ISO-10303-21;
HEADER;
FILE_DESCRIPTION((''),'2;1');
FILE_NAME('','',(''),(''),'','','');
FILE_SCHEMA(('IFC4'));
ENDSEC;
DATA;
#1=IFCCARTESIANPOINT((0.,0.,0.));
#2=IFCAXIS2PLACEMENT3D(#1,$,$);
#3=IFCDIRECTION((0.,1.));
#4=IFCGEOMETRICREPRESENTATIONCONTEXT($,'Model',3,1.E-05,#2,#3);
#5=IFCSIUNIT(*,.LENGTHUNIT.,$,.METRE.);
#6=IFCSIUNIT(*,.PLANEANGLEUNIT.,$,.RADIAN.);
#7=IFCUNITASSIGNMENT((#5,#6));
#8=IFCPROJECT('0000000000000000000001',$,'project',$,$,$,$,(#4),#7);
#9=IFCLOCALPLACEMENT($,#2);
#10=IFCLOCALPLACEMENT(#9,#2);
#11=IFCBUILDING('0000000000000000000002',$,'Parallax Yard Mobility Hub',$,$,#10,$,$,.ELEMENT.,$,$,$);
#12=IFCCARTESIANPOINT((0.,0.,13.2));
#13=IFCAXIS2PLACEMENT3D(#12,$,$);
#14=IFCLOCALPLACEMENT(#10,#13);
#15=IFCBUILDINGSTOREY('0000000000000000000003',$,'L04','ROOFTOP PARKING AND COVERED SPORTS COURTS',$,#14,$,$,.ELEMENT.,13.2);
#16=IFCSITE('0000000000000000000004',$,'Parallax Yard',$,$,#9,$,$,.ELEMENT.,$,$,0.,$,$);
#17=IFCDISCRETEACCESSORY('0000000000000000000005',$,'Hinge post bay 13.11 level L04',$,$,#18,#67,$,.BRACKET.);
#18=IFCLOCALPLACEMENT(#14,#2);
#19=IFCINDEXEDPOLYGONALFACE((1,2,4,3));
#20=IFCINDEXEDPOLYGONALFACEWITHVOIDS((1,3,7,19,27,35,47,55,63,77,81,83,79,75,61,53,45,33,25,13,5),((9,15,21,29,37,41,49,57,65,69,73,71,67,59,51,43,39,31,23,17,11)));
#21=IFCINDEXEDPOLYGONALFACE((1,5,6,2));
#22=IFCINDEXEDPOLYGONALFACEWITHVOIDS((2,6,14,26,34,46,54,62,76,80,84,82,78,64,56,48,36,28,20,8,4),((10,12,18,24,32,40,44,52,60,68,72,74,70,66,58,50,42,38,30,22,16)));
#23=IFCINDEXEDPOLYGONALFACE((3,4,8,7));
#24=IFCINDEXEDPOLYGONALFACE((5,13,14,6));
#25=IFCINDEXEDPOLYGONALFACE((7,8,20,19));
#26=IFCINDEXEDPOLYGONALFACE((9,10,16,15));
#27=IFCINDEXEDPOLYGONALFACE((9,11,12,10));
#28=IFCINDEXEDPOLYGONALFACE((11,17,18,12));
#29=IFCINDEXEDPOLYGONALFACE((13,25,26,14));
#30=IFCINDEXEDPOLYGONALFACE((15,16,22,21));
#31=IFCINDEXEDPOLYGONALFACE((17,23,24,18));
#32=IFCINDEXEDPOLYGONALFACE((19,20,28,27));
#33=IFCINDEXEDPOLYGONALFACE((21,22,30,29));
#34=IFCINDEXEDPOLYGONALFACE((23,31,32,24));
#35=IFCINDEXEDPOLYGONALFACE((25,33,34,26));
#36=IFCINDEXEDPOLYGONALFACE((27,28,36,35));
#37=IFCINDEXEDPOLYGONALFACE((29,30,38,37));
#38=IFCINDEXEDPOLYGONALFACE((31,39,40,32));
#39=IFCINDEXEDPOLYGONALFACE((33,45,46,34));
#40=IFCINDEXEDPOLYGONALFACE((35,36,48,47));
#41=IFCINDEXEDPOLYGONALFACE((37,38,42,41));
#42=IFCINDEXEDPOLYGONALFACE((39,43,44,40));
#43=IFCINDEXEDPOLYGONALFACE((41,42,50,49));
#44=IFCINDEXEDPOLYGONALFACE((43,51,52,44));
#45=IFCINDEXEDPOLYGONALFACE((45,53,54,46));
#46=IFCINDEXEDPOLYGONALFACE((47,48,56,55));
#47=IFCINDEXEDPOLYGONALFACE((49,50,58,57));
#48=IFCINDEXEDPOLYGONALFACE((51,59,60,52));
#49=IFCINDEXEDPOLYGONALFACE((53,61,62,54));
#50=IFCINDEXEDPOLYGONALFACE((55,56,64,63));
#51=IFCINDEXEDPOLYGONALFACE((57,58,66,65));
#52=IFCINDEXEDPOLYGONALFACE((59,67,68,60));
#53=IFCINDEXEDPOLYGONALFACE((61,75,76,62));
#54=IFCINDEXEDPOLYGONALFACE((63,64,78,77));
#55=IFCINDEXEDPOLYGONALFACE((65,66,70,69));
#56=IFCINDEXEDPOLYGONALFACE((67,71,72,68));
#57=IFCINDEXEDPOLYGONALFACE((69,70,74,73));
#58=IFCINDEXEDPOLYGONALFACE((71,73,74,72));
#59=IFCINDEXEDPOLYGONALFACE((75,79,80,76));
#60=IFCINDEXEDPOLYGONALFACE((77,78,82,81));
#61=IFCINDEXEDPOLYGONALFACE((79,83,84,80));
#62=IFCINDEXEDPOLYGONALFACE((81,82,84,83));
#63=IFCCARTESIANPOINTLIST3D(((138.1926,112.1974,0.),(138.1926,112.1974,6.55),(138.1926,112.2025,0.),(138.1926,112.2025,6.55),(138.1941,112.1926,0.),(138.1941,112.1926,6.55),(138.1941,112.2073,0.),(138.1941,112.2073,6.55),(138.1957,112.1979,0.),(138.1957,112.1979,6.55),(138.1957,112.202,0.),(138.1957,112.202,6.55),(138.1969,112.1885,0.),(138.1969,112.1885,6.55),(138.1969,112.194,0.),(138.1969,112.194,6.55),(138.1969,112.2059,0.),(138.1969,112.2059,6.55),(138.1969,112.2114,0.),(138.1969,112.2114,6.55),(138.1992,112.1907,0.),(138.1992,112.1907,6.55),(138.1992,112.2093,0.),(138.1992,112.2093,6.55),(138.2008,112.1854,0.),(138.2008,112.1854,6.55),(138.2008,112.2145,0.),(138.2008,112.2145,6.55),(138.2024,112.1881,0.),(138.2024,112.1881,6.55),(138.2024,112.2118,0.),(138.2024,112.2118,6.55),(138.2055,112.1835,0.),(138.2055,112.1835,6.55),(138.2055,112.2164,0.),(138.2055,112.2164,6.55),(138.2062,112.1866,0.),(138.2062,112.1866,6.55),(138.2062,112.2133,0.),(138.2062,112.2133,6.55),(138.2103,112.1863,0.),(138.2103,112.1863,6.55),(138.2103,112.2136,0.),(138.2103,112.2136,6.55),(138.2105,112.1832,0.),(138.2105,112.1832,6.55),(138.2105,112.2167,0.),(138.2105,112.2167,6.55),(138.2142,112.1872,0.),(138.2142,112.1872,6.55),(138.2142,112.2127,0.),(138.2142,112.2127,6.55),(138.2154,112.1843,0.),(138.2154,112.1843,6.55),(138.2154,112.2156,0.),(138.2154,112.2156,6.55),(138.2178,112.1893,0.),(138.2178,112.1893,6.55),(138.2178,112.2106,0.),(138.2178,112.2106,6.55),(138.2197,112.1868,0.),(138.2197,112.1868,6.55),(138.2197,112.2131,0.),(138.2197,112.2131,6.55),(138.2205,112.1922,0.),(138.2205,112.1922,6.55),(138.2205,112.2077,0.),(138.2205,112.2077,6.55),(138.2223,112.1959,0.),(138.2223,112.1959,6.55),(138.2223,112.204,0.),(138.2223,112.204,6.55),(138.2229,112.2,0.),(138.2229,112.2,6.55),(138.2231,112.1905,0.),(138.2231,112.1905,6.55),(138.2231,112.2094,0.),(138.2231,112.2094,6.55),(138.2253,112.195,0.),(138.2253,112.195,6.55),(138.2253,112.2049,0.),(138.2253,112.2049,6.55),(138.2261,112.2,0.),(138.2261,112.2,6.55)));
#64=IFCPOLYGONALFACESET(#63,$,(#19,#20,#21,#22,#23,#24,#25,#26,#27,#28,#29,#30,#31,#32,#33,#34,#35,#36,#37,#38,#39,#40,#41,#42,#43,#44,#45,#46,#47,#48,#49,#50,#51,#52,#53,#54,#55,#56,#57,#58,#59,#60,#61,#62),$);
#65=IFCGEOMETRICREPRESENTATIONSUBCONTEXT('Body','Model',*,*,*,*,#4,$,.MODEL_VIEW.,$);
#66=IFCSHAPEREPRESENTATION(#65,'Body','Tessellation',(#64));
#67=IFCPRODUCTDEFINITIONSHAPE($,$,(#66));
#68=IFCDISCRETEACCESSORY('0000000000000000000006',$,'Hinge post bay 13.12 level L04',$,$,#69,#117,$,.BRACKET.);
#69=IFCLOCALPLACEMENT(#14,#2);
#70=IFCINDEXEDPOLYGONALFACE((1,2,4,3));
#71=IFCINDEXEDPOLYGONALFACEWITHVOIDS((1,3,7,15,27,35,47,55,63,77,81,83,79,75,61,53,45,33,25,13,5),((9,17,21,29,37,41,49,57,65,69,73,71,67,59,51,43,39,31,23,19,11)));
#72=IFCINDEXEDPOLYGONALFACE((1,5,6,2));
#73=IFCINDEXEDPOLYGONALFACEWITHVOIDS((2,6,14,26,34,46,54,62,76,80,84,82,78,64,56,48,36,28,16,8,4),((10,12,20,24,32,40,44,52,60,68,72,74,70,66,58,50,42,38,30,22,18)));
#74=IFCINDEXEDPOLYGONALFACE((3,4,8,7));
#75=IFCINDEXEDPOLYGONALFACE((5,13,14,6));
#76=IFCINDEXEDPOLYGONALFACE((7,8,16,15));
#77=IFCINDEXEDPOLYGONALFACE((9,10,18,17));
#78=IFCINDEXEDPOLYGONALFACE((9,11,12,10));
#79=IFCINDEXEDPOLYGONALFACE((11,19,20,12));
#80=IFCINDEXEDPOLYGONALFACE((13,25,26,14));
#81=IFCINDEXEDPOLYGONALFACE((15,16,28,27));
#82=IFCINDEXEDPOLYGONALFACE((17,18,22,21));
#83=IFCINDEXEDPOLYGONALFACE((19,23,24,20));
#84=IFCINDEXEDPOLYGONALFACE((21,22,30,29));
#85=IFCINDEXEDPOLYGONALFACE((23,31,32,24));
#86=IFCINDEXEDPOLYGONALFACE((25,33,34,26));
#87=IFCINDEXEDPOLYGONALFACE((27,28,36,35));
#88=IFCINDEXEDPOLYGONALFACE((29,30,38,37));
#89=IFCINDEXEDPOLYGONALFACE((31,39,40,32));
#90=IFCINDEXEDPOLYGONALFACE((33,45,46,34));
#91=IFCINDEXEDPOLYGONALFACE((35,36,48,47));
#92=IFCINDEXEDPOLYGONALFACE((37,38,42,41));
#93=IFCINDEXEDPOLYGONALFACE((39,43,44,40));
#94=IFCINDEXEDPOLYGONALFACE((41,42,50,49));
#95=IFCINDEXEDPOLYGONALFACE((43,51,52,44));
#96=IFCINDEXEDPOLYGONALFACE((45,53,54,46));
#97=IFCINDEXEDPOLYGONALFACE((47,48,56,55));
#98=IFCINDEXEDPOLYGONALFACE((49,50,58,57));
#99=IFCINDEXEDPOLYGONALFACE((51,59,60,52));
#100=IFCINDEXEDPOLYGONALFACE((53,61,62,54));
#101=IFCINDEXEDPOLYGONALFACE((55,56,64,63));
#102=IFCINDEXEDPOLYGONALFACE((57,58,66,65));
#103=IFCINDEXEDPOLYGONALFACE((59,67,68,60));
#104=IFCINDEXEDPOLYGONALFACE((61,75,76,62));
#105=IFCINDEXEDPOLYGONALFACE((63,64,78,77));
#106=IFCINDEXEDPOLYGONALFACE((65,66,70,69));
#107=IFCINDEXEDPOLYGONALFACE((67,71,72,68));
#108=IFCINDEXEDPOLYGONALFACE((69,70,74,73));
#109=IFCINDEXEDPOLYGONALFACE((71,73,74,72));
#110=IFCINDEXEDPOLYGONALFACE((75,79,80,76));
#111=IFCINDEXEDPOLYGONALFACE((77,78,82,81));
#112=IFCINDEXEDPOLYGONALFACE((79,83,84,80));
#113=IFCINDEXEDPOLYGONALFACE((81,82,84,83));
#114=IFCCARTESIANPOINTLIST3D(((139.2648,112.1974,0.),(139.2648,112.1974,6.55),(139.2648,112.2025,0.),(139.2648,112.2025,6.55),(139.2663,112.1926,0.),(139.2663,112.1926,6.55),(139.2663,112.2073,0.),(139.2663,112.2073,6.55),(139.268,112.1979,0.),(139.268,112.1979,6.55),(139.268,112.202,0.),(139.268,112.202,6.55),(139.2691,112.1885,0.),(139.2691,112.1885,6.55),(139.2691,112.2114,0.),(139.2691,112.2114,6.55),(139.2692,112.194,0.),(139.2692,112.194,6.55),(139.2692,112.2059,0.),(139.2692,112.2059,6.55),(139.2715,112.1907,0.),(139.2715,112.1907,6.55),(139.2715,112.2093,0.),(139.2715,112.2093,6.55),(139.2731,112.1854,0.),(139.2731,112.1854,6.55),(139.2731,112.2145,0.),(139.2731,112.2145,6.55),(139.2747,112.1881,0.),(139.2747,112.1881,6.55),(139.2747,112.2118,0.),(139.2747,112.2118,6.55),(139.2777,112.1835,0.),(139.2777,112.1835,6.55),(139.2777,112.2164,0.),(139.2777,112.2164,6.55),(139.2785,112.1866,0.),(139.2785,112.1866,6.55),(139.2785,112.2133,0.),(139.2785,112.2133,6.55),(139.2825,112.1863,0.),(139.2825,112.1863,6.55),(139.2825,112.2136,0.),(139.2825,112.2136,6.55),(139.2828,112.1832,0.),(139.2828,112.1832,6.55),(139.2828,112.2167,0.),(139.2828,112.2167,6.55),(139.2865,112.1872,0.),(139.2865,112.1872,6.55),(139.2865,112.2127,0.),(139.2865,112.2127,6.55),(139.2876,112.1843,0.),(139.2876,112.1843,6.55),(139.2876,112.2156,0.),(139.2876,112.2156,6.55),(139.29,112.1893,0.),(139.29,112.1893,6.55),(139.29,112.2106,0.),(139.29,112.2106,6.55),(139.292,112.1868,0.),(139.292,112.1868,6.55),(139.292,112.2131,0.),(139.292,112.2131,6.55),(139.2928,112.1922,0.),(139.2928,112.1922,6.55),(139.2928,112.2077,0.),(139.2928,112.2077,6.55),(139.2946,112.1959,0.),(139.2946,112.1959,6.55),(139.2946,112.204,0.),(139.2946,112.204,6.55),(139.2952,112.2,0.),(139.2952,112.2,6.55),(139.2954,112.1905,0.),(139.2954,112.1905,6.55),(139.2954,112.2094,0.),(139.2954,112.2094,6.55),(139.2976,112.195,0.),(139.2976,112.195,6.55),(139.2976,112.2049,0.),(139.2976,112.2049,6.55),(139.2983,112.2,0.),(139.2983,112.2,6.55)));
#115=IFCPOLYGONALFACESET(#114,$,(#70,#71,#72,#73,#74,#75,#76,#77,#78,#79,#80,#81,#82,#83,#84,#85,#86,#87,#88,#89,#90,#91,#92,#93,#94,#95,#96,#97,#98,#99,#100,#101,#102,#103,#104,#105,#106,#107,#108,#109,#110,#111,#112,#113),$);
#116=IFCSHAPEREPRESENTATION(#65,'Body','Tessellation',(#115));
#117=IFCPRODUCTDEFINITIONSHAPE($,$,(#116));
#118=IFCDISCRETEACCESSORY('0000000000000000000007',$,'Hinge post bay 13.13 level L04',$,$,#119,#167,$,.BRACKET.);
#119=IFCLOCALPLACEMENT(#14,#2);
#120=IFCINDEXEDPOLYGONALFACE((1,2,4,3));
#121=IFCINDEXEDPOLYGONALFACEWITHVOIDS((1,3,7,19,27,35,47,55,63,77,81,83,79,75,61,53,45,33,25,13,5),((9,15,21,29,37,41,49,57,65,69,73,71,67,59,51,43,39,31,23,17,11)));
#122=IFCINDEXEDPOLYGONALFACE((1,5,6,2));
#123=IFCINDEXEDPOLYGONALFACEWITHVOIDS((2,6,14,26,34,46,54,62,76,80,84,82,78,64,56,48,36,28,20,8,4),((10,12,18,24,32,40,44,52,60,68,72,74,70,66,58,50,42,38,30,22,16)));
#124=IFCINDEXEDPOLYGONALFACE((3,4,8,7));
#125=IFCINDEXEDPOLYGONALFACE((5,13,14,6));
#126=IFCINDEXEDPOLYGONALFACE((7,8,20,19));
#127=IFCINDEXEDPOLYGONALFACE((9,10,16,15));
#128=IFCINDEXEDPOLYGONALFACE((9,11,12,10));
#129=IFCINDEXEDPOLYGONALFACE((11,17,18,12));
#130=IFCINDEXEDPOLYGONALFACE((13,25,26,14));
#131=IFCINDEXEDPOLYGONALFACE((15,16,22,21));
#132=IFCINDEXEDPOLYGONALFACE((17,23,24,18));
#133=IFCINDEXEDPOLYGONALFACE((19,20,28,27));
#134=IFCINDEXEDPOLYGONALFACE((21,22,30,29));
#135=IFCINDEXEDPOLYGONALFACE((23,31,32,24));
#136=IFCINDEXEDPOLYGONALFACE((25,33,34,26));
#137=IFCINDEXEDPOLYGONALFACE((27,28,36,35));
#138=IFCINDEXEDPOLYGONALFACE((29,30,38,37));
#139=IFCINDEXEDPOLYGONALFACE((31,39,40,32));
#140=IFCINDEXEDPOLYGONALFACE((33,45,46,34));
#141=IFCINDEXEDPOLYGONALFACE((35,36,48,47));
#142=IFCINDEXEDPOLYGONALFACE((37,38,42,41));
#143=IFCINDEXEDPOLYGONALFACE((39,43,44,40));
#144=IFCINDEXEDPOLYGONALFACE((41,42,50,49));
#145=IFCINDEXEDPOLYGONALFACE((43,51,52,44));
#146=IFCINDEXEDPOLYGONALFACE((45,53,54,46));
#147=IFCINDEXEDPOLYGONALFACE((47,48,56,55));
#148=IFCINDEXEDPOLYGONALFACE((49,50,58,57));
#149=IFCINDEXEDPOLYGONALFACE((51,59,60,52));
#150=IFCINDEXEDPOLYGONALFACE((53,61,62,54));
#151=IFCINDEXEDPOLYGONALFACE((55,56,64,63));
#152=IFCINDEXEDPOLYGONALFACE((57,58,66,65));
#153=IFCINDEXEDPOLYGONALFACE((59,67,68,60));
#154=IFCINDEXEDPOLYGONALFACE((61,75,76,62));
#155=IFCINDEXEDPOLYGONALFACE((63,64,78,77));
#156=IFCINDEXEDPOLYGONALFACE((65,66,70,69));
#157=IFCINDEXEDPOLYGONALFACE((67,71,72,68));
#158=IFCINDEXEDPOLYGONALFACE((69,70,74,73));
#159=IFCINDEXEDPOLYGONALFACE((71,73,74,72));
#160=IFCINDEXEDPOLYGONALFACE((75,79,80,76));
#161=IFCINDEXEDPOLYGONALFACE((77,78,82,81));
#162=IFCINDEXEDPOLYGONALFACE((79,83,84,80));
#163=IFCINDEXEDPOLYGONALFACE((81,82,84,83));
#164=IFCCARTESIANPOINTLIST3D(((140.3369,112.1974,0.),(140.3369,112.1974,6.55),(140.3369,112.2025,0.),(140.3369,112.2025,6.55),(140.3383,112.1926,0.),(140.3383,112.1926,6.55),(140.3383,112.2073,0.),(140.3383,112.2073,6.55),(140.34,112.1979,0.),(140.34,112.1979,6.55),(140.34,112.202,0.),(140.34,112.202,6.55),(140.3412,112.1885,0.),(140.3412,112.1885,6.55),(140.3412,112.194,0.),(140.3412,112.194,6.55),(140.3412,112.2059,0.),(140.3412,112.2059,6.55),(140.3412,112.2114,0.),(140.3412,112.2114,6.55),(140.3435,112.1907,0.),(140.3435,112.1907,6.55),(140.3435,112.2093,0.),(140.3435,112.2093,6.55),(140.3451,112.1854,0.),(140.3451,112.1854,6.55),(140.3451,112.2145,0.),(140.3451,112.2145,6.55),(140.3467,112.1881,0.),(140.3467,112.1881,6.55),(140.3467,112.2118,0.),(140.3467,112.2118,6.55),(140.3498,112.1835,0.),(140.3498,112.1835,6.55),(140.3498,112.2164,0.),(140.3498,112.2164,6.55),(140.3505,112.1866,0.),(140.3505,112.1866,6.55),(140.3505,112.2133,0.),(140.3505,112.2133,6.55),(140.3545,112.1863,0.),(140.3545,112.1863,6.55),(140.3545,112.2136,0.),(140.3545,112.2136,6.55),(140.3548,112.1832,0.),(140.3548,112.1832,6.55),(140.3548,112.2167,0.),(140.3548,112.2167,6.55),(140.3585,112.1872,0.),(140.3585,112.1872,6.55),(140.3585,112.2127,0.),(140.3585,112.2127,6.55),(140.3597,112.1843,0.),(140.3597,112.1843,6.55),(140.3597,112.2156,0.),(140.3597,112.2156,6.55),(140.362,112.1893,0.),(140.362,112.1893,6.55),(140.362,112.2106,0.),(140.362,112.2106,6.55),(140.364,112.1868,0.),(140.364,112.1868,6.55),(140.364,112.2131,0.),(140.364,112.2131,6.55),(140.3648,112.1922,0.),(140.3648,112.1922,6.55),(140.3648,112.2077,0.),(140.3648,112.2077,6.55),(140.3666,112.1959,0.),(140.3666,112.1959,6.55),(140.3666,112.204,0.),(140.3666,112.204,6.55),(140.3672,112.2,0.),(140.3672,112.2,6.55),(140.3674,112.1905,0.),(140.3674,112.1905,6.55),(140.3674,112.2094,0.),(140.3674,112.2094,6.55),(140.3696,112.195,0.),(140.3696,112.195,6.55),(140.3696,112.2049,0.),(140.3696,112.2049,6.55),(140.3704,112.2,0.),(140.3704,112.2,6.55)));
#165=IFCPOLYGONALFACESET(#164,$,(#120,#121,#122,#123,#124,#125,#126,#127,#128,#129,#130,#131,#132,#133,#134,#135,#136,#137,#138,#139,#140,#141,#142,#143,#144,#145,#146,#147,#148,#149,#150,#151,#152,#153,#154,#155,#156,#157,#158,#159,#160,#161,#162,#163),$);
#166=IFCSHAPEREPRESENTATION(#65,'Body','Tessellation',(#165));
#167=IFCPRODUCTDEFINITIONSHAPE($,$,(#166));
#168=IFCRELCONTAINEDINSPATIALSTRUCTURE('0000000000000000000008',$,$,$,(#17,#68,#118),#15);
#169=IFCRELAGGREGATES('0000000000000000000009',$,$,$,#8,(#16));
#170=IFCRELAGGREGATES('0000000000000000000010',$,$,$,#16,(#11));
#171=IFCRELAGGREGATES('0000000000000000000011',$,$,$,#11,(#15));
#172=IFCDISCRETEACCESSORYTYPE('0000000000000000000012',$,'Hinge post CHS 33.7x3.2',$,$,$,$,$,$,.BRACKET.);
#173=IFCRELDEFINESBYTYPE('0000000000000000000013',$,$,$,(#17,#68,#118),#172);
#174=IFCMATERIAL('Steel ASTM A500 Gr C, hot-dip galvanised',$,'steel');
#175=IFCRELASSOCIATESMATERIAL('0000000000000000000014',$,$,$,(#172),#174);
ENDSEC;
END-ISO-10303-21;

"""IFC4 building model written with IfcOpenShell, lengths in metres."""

from ifc_helpers import new_model, si_unit, direction, frame, origin, origin_2d, place, context, subcontext, project, spatial, hollow_circle, extrude, material, material_profile, profile_set, type_object, element, save


model = new_model("IFC4")

# Units and contexts
model_context = context("Model", 3, precision=1e-05, world=origin(), true_north=direction((0.0, 1.0)))
body_context = subcontext(model_context, "Body", "Model", "MODEL_VIEW")
ifc_project = project(units=[si_unit("LENGTHUNIT", "METRE"), si_unit("PLANEANGLEUNIT", "RADIAN")], contexts=[model_context])

# Site, building, storey
site_placement = place(None, origin())
site = spatial("IfcSite", under=ifc_project, at=site_placement, Name="Parallax Yard", CompositionType="ELEMENT", RefElevation=0.0)
building_placement = place(site_placement, origin())
building = spatial("IfcBuilding", under=site, at=building_placement, Name="Parallax Yard Mobility Hub", CompositionType="ELEMENT")
storey_placement = place(building_placement, frame((0.0, 0.0, 13.2)))
storey = spatial("IfcBuildingStorey", under=building, at=storey_placement, Name="L04", Description="ROOFTOP PARKING AND COVERED SPORTS COURTS", CompositionType="ELEMENT", Elevation=13.2)

# Discrete accessories
ifc_material_1 = material(Name="Steel ASTM A500 Gr C, hot-dip galvanised", Category="steel")
ifc_material_profile = material_profile(ifc_material_1, hollow_circle(Radius=0.0168, WallThickness=0.0032, at=origin_2d()), Name="CHS 33.7x3.2")
ifc_profile_set = profile_set([ifc_material_profile], Name="Steel ASTM A500 Gr C, hot-dip galvanised")
discrete_accessory_type_1 = type_object("IfcDiscreteAccessoryType", Name="Hinge post CHS 33.7x3.2", PredefinedType="BRACKET", material=ifc_profile_set)
for number, where, z_axis, x_axis, name in (
    (1, (138.2092, 112.2, 0.0), (0.0, 0.0, 1.0), (1.0, 0.0, 0.0), "Hinge post bay 13.11 level L04"),
    (2, (139.2815, 112.2, 0.0), (0.0, 0.0, 1.0), (1.0, 0.0, 0.0), "Hinge post bay 13.12 level L04"),
    (3, (140.3535, 112.2, 0.0), (0.0, 0.0, 1.0), (1.0, 0.0, 0.0), "Hinge post bay 13.13 level L04"),
):
    element("IfcDiscreteAccessory", number, at=place(storey_placement, frame(where, z_axis=z_axis, x_axis=x_axis)), inside=storey, type_object=discrete_accessory_type_1, Name=name, PredefinedType="BRACKET", context=body_context, shape_type="SweptSolid", body=[
        extrude(hollow_circle(Radius=0.0168, WallThickness=0.0032, at=origin_2d()), origin(), (0.0, 0.0, 1.0), 6.55),
    ])

save(model, "model.ifc")
